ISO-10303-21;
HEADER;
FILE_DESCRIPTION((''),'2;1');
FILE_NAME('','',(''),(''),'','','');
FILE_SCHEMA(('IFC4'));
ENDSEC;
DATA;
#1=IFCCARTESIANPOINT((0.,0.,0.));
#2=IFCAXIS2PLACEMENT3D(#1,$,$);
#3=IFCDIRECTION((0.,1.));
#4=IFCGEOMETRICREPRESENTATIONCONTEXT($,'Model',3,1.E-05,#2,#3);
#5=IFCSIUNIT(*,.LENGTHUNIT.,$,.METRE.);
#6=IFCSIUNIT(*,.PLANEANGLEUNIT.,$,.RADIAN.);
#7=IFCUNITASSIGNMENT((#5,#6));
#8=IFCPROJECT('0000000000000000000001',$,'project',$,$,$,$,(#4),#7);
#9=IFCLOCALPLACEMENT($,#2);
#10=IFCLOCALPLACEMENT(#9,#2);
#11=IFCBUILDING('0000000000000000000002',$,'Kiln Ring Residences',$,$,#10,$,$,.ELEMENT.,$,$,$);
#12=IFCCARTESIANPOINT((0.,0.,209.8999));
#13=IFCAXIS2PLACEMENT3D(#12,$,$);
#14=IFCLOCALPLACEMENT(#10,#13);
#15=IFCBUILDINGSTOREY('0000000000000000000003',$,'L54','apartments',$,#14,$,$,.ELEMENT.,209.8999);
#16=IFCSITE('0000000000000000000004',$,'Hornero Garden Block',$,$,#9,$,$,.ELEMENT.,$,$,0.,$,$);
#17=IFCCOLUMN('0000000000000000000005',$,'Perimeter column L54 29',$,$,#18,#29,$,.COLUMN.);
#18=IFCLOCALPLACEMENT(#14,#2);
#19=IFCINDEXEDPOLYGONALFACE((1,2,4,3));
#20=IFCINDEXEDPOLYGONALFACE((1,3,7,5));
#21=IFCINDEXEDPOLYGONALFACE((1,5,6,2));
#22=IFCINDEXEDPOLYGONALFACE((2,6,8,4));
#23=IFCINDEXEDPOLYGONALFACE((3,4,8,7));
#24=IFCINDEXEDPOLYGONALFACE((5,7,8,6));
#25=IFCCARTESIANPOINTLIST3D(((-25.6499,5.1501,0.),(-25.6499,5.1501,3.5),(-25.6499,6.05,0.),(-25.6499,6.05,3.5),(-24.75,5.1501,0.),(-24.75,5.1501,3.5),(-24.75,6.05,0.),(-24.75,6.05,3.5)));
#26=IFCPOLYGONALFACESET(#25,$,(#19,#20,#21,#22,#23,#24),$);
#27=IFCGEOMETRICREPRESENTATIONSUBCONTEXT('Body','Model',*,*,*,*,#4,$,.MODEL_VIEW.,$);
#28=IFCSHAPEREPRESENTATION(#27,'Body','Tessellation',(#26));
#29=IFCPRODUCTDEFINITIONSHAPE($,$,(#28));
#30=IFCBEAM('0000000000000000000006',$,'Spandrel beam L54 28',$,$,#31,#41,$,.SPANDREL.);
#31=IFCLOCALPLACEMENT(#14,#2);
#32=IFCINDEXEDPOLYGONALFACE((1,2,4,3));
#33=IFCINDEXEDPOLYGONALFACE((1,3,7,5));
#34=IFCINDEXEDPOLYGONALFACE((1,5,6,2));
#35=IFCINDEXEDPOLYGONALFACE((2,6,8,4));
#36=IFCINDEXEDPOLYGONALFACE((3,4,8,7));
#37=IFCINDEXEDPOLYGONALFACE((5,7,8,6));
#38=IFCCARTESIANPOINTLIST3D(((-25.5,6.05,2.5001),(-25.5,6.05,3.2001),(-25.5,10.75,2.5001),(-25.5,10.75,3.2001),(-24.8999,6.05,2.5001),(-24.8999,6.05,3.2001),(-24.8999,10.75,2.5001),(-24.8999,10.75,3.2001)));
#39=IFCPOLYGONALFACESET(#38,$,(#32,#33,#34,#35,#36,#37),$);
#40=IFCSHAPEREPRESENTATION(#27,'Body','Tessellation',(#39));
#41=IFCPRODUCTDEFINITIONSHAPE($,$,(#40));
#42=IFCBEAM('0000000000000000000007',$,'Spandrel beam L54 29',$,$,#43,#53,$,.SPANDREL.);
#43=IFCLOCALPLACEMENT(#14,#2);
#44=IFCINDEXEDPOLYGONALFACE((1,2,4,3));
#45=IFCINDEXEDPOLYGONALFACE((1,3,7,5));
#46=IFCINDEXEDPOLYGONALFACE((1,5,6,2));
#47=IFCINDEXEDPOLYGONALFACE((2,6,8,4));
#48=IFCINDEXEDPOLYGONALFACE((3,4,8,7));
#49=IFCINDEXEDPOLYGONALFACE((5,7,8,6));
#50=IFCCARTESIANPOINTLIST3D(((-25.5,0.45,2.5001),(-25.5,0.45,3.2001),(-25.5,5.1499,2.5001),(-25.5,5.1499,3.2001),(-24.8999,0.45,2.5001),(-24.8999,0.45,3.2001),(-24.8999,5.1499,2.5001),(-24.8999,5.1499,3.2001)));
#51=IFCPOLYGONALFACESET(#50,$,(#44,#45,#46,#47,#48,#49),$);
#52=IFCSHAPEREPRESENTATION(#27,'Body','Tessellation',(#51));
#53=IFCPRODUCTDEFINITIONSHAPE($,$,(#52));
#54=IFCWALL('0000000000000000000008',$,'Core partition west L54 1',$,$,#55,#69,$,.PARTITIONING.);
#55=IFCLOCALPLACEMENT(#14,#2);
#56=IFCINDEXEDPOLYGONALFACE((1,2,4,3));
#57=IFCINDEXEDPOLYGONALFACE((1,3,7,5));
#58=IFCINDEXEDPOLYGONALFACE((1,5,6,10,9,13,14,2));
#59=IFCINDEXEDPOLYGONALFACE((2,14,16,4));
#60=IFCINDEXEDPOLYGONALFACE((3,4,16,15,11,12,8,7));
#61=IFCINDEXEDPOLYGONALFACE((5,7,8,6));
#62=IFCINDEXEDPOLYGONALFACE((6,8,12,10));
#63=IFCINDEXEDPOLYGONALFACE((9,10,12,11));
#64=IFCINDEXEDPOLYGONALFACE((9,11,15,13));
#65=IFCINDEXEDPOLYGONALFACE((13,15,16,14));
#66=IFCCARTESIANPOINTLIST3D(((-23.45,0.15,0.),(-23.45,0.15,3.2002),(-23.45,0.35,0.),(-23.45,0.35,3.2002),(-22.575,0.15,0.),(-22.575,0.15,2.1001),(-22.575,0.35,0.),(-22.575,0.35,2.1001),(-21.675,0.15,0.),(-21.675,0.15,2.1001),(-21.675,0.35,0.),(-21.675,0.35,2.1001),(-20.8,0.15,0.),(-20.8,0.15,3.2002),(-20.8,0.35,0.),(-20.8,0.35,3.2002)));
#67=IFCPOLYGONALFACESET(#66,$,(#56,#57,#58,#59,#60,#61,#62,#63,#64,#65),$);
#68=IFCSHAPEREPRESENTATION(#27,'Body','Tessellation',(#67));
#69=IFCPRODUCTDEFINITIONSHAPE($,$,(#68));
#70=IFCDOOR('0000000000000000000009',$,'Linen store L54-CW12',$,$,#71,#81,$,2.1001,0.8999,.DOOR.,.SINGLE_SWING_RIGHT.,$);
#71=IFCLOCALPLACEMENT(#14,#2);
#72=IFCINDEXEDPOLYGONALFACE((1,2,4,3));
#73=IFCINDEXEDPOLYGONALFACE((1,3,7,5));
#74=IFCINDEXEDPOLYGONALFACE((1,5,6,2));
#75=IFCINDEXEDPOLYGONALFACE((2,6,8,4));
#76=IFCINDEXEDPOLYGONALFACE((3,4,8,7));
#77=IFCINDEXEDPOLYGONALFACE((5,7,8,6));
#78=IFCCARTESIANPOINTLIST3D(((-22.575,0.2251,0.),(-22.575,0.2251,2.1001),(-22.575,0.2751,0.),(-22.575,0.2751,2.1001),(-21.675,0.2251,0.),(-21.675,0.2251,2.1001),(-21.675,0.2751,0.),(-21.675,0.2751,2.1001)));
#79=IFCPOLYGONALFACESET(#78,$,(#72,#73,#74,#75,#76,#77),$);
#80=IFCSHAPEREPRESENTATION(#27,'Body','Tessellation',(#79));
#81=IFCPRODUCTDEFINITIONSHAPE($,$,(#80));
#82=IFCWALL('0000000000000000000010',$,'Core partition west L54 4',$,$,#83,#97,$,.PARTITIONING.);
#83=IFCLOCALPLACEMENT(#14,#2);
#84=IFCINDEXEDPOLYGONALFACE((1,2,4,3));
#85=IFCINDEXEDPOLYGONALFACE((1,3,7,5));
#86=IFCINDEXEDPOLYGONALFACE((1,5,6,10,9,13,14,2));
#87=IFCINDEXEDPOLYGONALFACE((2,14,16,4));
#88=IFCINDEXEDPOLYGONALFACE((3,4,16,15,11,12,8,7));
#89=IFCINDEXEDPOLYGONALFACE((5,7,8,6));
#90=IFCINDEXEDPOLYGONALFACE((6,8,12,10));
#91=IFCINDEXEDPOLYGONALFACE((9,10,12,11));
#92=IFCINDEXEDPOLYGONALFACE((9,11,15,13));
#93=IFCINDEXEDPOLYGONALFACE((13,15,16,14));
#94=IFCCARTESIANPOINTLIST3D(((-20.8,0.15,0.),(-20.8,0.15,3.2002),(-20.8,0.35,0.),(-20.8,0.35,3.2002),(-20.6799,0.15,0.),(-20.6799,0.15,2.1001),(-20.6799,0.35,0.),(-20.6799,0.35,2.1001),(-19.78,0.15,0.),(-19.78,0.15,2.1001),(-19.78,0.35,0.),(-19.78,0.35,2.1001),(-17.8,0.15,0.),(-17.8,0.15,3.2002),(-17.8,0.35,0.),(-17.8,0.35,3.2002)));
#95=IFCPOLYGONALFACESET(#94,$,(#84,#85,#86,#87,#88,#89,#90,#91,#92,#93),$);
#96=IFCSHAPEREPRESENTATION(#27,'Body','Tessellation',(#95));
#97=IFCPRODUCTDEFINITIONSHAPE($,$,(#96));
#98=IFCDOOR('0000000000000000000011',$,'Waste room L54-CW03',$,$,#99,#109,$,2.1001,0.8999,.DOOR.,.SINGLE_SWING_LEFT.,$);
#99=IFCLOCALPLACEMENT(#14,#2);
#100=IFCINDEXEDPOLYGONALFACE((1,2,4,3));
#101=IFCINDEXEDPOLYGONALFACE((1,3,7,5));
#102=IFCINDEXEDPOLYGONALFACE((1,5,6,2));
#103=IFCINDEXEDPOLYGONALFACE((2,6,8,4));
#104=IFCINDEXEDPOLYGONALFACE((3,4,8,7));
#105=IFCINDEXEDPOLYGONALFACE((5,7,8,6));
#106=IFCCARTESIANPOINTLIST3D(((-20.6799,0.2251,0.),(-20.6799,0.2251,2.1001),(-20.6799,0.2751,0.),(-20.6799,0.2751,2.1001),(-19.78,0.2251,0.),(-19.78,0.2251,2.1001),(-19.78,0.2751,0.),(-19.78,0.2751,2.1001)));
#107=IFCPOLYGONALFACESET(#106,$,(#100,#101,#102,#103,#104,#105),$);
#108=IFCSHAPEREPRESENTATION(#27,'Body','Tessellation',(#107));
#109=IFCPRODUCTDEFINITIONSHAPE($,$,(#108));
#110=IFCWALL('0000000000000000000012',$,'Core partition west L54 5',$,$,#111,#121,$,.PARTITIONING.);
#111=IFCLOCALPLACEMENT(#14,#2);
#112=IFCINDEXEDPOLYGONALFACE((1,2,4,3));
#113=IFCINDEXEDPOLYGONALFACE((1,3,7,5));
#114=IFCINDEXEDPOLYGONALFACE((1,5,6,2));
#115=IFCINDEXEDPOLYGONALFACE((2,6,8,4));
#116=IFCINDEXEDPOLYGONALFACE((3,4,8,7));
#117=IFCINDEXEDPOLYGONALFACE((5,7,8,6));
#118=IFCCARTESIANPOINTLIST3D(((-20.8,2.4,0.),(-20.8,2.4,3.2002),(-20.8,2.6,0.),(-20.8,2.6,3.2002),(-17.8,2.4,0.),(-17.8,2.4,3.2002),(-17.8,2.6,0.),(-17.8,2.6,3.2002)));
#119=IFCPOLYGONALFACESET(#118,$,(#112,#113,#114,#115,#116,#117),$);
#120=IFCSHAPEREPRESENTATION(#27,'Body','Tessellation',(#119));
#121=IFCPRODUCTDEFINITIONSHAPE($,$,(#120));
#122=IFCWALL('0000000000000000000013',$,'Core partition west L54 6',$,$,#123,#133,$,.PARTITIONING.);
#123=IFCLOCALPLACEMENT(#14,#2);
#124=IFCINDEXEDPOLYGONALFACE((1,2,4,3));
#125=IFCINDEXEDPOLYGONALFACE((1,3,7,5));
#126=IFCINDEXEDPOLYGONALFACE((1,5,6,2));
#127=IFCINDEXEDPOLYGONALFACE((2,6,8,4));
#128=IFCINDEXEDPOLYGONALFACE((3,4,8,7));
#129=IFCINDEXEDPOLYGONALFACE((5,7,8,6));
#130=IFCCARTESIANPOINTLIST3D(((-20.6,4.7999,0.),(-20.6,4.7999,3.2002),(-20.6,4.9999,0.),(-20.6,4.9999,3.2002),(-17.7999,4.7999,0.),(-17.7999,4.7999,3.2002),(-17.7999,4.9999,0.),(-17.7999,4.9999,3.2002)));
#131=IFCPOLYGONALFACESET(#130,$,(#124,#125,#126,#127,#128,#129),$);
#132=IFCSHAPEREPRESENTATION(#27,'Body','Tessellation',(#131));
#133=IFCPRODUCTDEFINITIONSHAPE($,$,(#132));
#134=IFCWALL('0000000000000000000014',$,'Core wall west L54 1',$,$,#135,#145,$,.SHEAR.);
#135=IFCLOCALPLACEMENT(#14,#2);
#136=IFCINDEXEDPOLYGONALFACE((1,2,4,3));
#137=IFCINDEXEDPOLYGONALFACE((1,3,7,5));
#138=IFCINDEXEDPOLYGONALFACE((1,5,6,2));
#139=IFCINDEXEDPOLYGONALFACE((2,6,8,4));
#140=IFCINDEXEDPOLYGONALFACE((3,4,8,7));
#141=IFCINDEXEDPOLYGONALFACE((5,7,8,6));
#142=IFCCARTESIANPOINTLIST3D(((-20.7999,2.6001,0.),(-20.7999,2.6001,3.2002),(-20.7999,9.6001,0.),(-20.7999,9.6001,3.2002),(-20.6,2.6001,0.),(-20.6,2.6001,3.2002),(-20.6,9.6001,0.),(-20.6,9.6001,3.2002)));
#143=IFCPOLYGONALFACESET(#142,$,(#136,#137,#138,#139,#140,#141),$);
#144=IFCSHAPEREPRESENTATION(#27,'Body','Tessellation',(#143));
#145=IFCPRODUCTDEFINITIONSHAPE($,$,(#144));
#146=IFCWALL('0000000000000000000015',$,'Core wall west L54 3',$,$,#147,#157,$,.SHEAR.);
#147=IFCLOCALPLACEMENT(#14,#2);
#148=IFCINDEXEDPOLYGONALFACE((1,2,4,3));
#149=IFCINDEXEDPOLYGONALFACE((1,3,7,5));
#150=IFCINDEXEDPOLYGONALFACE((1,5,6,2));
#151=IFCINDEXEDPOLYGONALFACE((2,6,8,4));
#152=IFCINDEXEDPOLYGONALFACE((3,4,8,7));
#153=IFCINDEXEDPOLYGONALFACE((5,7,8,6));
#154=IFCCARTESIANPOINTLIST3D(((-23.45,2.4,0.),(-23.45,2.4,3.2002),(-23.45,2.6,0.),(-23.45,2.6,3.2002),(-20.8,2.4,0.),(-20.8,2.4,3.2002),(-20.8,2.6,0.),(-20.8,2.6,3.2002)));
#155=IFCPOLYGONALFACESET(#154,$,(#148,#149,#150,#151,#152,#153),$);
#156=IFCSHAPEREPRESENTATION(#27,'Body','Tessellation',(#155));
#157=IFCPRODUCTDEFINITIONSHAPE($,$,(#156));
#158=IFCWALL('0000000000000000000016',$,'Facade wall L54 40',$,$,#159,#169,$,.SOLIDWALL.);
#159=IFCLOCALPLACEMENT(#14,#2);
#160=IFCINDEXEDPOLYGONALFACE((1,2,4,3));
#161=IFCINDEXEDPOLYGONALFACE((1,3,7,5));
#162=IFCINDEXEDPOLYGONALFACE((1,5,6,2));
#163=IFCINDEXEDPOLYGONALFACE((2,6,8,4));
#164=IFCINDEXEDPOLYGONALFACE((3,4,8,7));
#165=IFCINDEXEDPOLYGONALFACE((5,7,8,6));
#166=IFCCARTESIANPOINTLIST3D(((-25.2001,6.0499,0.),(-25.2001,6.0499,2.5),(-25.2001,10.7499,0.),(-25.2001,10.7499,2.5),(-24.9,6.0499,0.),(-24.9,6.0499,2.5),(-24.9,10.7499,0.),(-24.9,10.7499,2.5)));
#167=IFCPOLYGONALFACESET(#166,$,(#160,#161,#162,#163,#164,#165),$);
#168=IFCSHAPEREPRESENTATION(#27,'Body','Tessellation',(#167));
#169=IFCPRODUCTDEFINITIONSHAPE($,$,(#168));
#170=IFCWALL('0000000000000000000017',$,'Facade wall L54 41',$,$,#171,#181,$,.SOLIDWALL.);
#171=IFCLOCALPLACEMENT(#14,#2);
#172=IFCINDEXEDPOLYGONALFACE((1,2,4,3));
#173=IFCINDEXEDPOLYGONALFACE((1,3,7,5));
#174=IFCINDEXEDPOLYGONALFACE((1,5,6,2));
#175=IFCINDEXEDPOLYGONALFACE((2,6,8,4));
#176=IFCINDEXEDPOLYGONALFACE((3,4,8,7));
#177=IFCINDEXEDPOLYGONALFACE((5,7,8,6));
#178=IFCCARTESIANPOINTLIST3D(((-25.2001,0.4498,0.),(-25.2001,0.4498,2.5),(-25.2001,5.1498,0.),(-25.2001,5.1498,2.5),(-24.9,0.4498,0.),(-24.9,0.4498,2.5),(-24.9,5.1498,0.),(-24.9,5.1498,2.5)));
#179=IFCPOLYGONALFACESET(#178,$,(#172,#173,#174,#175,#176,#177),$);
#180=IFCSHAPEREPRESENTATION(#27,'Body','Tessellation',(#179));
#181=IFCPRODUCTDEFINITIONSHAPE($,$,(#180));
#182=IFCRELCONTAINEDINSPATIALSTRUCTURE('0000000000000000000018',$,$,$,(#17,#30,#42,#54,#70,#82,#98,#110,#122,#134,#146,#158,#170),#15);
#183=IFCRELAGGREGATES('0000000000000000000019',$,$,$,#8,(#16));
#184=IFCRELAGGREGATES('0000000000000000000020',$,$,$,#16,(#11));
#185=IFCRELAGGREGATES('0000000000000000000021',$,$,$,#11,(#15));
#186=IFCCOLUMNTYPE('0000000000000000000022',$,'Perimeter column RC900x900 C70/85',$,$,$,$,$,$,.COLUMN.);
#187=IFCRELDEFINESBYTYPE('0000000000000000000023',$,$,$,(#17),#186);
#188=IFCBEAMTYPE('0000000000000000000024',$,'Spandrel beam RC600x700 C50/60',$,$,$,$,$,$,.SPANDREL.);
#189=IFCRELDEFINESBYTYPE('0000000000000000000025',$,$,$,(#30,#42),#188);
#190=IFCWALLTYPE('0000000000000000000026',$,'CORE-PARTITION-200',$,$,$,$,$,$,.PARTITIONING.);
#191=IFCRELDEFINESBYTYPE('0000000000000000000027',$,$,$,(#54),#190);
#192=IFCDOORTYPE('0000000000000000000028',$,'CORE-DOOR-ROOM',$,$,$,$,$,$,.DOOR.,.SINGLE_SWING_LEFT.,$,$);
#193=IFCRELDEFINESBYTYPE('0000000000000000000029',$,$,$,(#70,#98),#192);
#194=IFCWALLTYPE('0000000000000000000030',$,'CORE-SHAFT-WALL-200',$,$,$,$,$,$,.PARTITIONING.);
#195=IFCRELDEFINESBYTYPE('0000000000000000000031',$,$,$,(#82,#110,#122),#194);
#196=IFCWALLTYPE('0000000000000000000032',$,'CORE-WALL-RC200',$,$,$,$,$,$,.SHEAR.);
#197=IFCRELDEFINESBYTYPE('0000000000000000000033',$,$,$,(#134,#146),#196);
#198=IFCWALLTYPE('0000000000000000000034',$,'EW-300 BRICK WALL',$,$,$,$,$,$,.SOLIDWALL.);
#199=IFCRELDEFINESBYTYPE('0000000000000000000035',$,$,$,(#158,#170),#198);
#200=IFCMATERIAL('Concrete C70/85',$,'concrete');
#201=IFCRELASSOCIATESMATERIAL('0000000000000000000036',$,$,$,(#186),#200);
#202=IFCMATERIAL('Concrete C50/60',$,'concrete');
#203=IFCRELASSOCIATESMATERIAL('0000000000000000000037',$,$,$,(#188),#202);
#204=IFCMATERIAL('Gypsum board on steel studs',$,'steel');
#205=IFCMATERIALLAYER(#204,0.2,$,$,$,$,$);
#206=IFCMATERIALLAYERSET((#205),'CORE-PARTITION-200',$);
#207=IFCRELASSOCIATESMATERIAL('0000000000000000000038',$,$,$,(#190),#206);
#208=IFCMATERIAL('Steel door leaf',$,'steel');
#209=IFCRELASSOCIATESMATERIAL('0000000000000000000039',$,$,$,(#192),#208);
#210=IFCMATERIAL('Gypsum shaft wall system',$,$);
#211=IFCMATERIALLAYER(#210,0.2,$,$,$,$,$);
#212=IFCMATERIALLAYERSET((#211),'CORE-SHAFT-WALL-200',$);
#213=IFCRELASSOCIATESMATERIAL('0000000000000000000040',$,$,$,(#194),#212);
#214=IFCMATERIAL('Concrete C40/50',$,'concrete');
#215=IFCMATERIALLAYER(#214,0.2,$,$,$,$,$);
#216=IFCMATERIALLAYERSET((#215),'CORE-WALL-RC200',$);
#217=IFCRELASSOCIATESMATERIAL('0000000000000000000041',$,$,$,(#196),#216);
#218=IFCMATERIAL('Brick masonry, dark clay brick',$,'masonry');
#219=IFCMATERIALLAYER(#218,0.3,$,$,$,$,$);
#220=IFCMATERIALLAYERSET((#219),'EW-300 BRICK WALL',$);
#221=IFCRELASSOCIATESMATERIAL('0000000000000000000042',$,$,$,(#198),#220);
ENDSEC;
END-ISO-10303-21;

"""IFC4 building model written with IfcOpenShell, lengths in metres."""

from ifc_helpers import new_model, si_unit, direction, frame, frame_2d, origin, origin_2d, place, context, subcontext, project, spatial, rectangle, extrude, material, layer, layer_set, material_profile, profile_set, type_object, element, fill, save


model = new_model("IFC4")

# Units and contexts
model_context = context("Model", 3, precision=1e-05, world=origin(), true_north=direction((0.0, 1.0)))
body_context = subcontext(model_context, "Body", "Model", "MODEL_VIEW")
ifc_project = project(units=[si_unit("LENGTHUNIT", "METRE"), si_unit("PLANEANGLEUNIT", "RADIAN")], contexts=[model_context])

# Site, building, storey
site_placement = place(None, origin())
site = spatial("IfcSite", under=ifc_project, at=site_placement, Name="Hornero Garden Block", CompositionType="ELEMENT", RefElevation=0.0)
building_placement = place(site_placement, origin())
building = spatial("IfcBuilding", under=site, at=building_placement, Name="Kiln Ring Residences", CompositionType="ELEMENT")
storey_placement = place(building_placement, frame((0.0, 0.0, 209.8999)))
storey = spatial("IfcBuildingStorey", under=building, at=storey_placement, Name="L54", Description="apartments", CompositionType="ELEMENT", Elevation=209.8999)

# Column
ifc_material_1 = material(Name="Concrete C70/85", Category="concrete")
ifc_material_profile_1 = material_profile(ifc_material_1, rectangle(XDim=0.8999, YDim=0.8999, at=origin_2d()), Name="RC900x900")
ifc_profile_set_1 = profile_set([ifc_material_profile_1], Name="Concrete C70/85")
column_type = type_object("IfcColumnType", Name="Perimeter column RC900x900 C70/85", PredefinedType="COLUMN", material=ifc_profile_set_1)
column_placement = place(storey_placement, frame((-25.2, 5.6001, 0.0), z_axis=(0.0, 0.0, 1.0), x_axis=(1.0, 0.0, 0.0)))
element("IfcColumn", 1, at=column_placement, inside=storey, type_object=column_type, Name="Perimeter column L54 29", PredefinedType="COLUMN", context=body_context, shape_type="SweptSolid", body=[
    extrude(rectangle(XDim=0.8999, YDim=0.8999, at=origin_2d()), origin(), (0.0, 0.0, 1.0), 3.5),
])

# Beams
ifc_material_2 = material(Name="Concrete C50/60", Category="concrete")
ifc_material_profile_2 = material_profile(ifc_material_2, rectangle(XDim=0.6001, YDim=0.7, at=origin_2d()), Name="RC600x700")
ifc_profile_set_2 = profile_set([ifc_material_profile_2], Name="Concrete C50/60")
beam_type = type_object("IfcBeamType", Name="Spandrel beam RC600x700 C50/60", PredefinedType="SPANDREL", material=ifc_profile_set_2)
for number, where, z_axis, x_axis, name in (
    (2, (-25.2, 10.75, 2.8501), (0.0, -1.0, 0.0), (1.0, 0.0, 0.0), "Spandrel beam L54 28"),
    (3, (-25.2, 5.1499, 2.8501), (0.0, -1.0, 0.0), (1.0, 0.0, 0.0), "Spandrel beam L54 29"),
):
    element("IfcBeam", number, at=place(storey_placement, frame(where, z_axis=z_axis, x_axis=x_axis)), inside=storey, type_object=beam_type, Name=name, PredefinedType="SPANDREL", context=body_context, shape_type="SweptSolid", body=[
        extrude(rectangle(XDim=0.6001, YDim=0.7, at=origin_2d()), origin(), (0.0, 0.0, 1.0), 4.7),
    ])

# Walls, openings, doors
ifc_material_3 = material(Name="Gypsum board on steel studs", Category="steel")
ifc_layer_1 = layer(ifc_material_3, 0.2)
ifc_layer_set_1 = layer_set([ifc_layer_1], Name="CORE-PARTITION-200")
wall_type_1 = type_object("IfcWallType", Name="CORE-PARTITION-200", PredefinedType="PARTITIONING", material=ifc_layer_set_1)
wall_1_placement = place(storey_placement, frame((-20.8, 0.25, 0.0), z_axis=(0.0, 0.0, 1.0), x_axis=(-1.0, 0.0, 0.0)))
wall_1 = element("IfcWall", 4, at=wall_1_placement, inside=storey, type_object=wall_type_1, Name="Core partition west L54 1", PredefinedType="PARTITIONING", context=body_context, shape_type="SweptSolid", body=[
    extrude(rectangle(XDim=2.6499, YDim=0.2, at=frame_2d((1.325, 0.0))), origin(), (0.0, 0.0, 1.0), 3.2002),
])
opening_1_placement = place(wall_1_placement, frame((0.875, 0.0, 0.0)))
opening_1 = element("IfcOpeningElement", 5, at=opening_1_placement, cuts=wall_1, PredefinedType="OPENING", context=body_context, shape_type="SweptSolid", body=[
    extrude(rectangle(XDim=0.8999, YDim=2.1001, at=frame_2d((0.45, 1.05))), frame((0.0, 0.1099, 0.0), z_axis=(0.0, -1.0, 0.0), x_axis=(1.0, 0.0, 0.0)), (0.0, 0.0, 1.0), 0.22),
])
ifc_material_4 = material(Name="Steel door leaf", Category="steel")
door_type = type_object("IfcDoorType", Name="CORE-DOOR-ROOM", OperationType="SINGLE_SWING_LEFT", PredefinedType="DOOR", material=ifc_material_4)
door_1_placement = place(opening_1_placement, origin())
door_1 = element("IfcDoor", 6, at=door_1_placement, inside=storey, type_object=door_type, Name="Linen store L54-CW12", OperationType="SINGLE_SWING_RIGHT", OverallHeight=2.1001, OverallWidth=0.8999, PredefinedType="DOOR", context=body_context, shape_type="SweptSolid", body=[
    extrude(rectangle(XDim=0.8999, YDim=2.1001, at=frame_2d((0.45, 1.05))), frame((0.0, 0.0249, 0.0), z_axis=(0.0, -1.0, 0.0), x_axis=(1.0, 0.0, 0.0)), (0.0, 0.0, 1.0), 0.05),
])
fill(opening_1, door_1)
ifc_material_5 = material(Name="Gypsum shaft wall system")
ifc_layer_2 = layer(ifc_material_5, 0.2)
ifc_layer_set_2 = layer_set([ifc_layer_2], Name="CORE-SHAFT-WALL-200")
wall_type_2 = type_object("IfcWallType", Name="CORE-SHAFT-WALL-200", PredefinedType="PARTITIONING", material=ifc_layer_set_2)
wall_2_placement = place(storey_placement, frame((-17.8, 0.25, 0.0), z_axis=(0.0, 0.0, 1.0), x_axis=(-1.0, 0.0, 0.0)))
wall_2 = element("IfcWall", 7, at=wall_2_placement, inside=storey, type_object=wall_type_2, Name="Core partition west L54 4", PredefinedType="PARTITIONING", context=body_context, shape_type="SweptSolid", body=[
    extrude(rectangle(XDim=3.0, YDim=0.2, at=frame_2d((1.5, 0.0))), origin(), (0.0, 0.0, 1.0), 3.2002),
])
opening_2_placement = place(wall_2_placement, frame((1.98, 0.0, 0.0)))
opening_2 = element("IfcOpeningElement", 8, at=opening_2_placement, cuts=wall_2, PredefinedType="OPENING", context=body_context, shape_type="SweptSolid", body=[
    extrude(rectangle(XDim=0.8999, YDim=2.1001, at=frame_2d((0.45, 1.05))), frame((0.0, 0.1099, 0.0), z_axis=(0.0, -1.0, 0.0), x_axis=(1.0, 0.0, 0.0)), (0.0, 0.0, 1.0), 0.22),
])
door_2_placement = place(opening_2_placement, origin())
door_2 = element("IfcDoor", 9, at=door_2_placement, inside=storey, type_object=door_type, Name="Waste room L54-CW03", OperationType="SINGLE_SWING_LEFT", OverallHeight=2.1001, OverallWidth=0.8999, PredefinedType="DOOR", context=body_context, shape_type="SweptSolid", body=[
    extrude(rectangle(XDim=0.8999, YDim=2.1001, at=frame_2d((0.45, 1.05))), frame((0.0, 0.0249, 0.0), z_axis=(0.0, -1.0, 0.0), x_axis=(1.0, 0.0, 0.0)), (0.0, 0.0, 1.0), 0.05),
])
fill(opening_2, door_2)

# Walls
wall_3_placement = place(storey_placement, frame((-17.8, 2.5, 0.0), z_axis=(0.0, 0.0, 1.0), x_axis=(-1.0, 0.0, 0.0)))
element("IfcWall", 10, at=wall_3_placement, inside=storey, type_object=wall_type_2, Name="Core partition west L54 5", PredefinedType="PARTITIONING", context=body_context, shape_type="SweptSolid", body=[
    extrude(rectangle(XDim=3.0, YDim=0.2, at=frame_2d((1.5, 0.0))), origin(), (0.0, 0.0, 1.0), 3.2002),
])
wall_4_placement = place(storey_placement, frame((-17.8, 4.8999, 0.0), z_axis=(0.0, 0.0, 1.0), x_axis=(-1.0, 0.0, 0.0)))
element("IfcWall", 11, at=wall_4_placement, inside=storey, type_object=wall_type_2, Name="Core partition west L54 6", PredefinedType="PARTITIONING", context=body_context, shape_type="SweptSolid", body=[
    extrude(rectangle(XDim=2.8, YDim=0.2, at=frame_2d((1.3999, 0.0))), origin(), (0.0, 0.0, 1.0), 3.2002),
])
ifc_material_6 = material(Name="Concrete C40/50", Category="concrete")
ifc_layer_3 = layer(ifc_material_6, 0.2)
ifc_layer_set_3 = layer_set([ifc_layer_3], Name="CORE-WALL-RC200")
wall_type_3 = type_object("IfcWallType", Name="CORE-WALL-RC200", PredefinedType="SHEAR", material=ifc_layer_set_3)
wall_5_placement = place(storey_placement, frame((-20.7, 2.6001, 0.0), z_axis=(0.0, 0.0, 1.0), x_axis=(0.0, 1.0, 0.0)))
element("IfcWall", 12, at=wall_5_placement, inside=storey, type_object=wall_type_3, Name="Core wall west L54 1", PredefinedType="SHEAR", context=body_context, shape_type="SweptSolid", body=[
    extrude(rectangle(XDim=7.0, YDim=0.2, at=frame_2d((3.5, 0.0))), origin(), (0.0, 0.0, 1.0), 3.2002),
])
wall_6_placement = place(storey_placement, frame((-20.8, 2.5, 0.0), z_axis=(0.0, 0.0, 1.0), x_axis=(-1.0, 0.0, 0.0)))
element("IfcWall", 13, at=wall_6_placement, inside=storey, type_object=wall_type_3, Name="Core wall west L54 3", PredefinedType="SHEAR", context=body_context, shape_type="SweptSolid", body=[
    extrude(rectangle(XDim=2.6499, YDim=0.2, at=frame_2d((1.325, 0.0))), origin(), (0.0, 0.0, 1.0), 3.2002),
])
ifc_material_7 = material(Name="Brick masonry, dark clay brick", Category="masonry")
ifc_layer_4 = layer(ifc_material_7, 0.3)
ifc_layer_set_4 = layer_set([ifc_layer_4], Name="EW-300 BRICK WALL")
wall_type_4 = type_object("IfcWallType", Name="EW-300 BRICK WALL", PredefinedType="SOLIDWALL", material=ifc_layer_set_4)
for number, where, z_axis, x_axis, name in (
    (14, (-25.05, 10.75, 0.0), (0.0, 0.0, 1.0), (0.0, -1.0, 0.0), "Facade wall L54 40"),
    (15, (-25.05, 5.1499, 0.0), (0.0, 0.0, 1.0), (0.0, -1.0, 0.0), "Facade wall L54 41"),
):
    element("IfcWall", number, at=place(storey_placement, frame(where, z_axis=z_axis, x_axis=x_axis)), inside=storey, type_object=wall_type_4, Name=name, PredefinedType="SOLIDWALL", context=body_context, shape_type="SweptSolid", body=[
        extrude(rectangle(XDim=4.7, YDim=0.3, at=frame_2d((2.3501, 0.0))), origin(), (0.0, 0.0, 1.0), 2.5),
    ])

save(model, "model.ifc")
